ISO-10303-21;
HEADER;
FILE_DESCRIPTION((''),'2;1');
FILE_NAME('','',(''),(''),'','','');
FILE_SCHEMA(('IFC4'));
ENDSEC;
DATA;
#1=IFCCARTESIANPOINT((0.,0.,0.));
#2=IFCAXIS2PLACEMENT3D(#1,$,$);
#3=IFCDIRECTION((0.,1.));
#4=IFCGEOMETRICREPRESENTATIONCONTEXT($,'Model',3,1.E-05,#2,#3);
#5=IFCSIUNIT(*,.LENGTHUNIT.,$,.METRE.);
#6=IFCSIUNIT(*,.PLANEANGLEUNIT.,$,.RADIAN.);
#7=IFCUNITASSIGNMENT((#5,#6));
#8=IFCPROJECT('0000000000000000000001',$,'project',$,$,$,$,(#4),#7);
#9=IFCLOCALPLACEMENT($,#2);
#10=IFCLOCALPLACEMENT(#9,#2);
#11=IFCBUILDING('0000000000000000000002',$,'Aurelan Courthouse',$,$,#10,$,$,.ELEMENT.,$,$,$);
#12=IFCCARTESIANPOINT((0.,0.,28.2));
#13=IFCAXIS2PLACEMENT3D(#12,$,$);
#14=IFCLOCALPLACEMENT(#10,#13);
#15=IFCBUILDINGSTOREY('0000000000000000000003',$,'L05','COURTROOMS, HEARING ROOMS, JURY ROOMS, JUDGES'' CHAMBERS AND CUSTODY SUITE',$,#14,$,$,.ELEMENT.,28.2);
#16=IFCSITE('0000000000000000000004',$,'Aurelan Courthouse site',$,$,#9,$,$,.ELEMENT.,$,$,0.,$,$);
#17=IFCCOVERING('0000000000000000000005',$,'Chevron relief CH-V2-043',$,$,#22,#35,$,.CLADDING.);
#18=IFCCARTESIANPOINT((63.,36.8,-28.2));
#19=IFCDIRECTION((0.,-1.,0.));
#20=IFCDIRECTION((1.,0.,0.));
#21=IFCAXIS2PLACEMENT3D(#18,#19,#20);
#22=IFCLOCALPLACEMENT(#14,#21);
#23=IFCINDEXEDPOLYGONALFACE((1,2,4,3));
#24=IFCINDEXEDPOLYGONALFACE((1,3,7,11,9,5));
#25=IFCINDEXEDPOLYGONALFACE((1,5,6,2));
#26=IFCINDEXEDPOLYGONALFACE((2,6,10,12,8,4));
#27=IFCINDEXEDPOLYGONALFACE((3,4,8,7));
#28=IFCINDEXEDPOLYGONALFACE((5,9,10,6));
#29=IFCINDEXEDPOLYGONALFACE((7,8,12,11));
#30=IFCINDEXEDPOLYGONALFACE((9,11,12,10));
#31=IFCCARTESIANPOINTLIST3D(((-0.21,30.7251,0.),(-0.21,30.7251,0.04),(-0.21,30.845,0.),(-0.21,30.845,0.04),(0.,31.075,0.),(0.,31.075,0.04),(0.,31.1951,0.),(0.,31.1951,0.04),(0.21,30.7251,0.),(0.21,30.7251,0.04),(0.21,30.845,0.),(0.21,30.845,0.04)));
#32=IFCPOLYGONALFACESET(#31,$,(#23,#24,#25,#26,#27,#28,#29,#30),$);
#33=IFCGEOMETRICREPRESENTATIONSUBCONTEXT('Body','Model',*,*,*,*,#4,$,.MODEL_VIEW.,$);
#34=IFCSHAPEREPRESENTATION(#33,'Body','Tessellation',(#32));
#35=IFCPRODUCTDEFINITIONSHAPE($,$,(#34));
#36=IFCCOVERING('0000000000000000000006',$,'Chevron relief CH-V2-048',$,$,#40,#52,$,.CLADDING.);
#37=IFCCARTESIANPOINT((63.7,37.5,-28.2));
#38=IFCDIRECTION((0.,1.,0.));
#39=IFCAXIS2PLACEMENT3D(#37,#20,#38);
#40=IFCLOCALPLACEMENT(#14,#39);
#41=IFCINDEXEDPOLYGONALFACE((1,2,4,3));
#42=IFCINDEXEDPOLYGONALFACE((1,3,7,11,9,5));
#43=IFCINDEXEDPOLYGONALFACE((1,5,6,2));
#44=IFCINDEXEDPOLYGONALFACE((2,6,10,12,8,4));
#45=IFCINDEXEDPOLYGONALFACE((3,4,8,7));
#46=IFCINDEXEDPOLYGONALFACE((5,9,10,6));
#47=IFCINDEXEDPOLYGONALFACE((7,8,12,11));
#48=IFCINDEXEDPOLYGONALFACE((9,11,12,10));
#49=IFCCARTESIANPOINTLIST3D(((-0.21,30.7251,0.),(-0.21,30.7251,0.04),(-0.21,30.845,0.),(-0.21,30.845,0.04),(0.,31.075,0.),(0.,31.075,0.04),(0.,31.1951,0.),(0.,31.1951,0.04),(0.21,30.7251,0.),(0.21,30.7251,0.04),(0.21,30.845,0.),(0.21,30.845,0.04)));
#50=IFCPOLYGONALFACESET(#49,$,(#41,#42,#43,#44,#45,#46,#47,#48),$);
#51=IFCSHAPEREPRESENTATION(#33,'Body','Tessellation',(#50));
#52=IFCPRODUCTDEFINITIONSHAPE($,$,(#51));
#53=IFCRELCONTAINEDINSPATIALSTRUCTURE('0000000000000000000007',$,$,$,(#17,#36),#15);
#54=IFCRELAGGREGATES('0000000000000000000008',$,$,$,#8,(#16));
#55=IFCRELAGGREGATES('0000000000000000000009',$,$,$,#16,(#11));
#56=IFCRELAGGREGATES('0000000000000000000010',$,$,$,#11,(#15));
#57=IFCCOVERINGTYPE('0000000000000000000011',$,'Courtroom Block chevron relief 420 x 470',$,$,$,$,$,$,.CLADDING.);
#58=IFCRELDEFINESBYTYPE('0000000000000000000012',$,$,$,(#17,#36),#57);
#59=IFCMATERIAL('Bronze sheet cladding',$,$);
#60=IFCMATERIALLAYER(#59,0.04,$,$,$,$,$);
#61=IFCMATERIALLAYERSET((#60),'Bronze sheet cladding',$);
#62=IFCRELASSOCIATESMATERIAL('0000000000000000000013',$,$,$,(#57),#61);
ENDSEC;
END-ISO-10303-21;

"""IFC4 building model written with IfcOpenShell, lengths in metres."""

from ifc_helpers import new_model, si_unit, direction, frame, origin, place, context, subcontext, project, spatial, polyline, outline, extrude, material, layer, layer_set, type_object, element, save


model = new_model("IFC4")

# Units and contexts
model_context = context("Model", 3, precision=1e-05, world=origin(), true_north=direction((0.0, 1.0)))
body_context = subcontext(model_context, "Body", "Model", "MODEL_VIEW")
ifc_project = project(units=[si_unit("LENGTHUNIT", "METRE"), si_unit("PLANEANGLEUNIT", "RADIAN")], contexts=[model_context])

# Site, building, storey
site_placement = place(None, origin())
site = spatial("IfcSite", under=ifc_project, at=site_placement, Name="Aurelan Courthouse site", CompositionType="ELEMENT", RefElevation=0.0)
building_placement = place(site_placement, origin())
building = spatial("IfcBuilding", under=site, at=building_placement, Name="Aurelan Courthouse", CompositionType="ELEMENT")
storey_placement = place(building_placement, frame((0.0, 0.0, 28.2)))
storey = spatial("IfcBuildingStorey", under=building, at=storey_placement, Name="L05", Description="COURTROOMS, HEARING ROOMS, JURY ROOMS, JUDGES' CHAMBERS AND CUSTODY SUITE", CompositionType="ELEMENT", Elevation=28.2)

# Coverings
ifc_material_1 = material(Name="Bronze sheet cladding")
ifc_layer_1 = layer(ifc_material_1, 0.04)
ifc_layer_set_1 = layer_set([ifc_layer_1], Name="Bronze sheet cladding")
covering_type_1 = type_object("IfcCoveringType", Name="Courtroom Block chevron relief 420 x 470", PredefinedType="CLADDING", material=ifc_layer_set_1)
for number, where, z_axis, x_axis, name in (
    (1, (63.0, 36.8, -28.2), (0.0, -1.0, 0.0), (1.0, 0.0, 0.0), "Chevron relief CH-V2-043"),
    (2, (63.7, 37.5, -28.2), (1.0, 0.0, 0.0), (0.0, 1.0, 0.0), "Chevron relief CH-V2-048"),
):
    element("IfcCovering", number, at=place(storey_placement, frame(where, z_axis=z_axis, x_axis=x_axis)), inside=storey, type_object=covering_type_1, Name=name, PredefinedType="CLADDING", context=body_context, shape_type="SweptSolid", body=[
        extrude(outline(polyline([(-0.21, 30.7251), (0.0, 31.075), (0.21, 30.7251), (0.21, 30.845), (0.0, 31.1951), (-0.21, 30.845), (-0.21, 30.7251)])), origin(), (0.0, 0.0, 1.0), 0.04),
    ])

save(model, "model.ifc")
